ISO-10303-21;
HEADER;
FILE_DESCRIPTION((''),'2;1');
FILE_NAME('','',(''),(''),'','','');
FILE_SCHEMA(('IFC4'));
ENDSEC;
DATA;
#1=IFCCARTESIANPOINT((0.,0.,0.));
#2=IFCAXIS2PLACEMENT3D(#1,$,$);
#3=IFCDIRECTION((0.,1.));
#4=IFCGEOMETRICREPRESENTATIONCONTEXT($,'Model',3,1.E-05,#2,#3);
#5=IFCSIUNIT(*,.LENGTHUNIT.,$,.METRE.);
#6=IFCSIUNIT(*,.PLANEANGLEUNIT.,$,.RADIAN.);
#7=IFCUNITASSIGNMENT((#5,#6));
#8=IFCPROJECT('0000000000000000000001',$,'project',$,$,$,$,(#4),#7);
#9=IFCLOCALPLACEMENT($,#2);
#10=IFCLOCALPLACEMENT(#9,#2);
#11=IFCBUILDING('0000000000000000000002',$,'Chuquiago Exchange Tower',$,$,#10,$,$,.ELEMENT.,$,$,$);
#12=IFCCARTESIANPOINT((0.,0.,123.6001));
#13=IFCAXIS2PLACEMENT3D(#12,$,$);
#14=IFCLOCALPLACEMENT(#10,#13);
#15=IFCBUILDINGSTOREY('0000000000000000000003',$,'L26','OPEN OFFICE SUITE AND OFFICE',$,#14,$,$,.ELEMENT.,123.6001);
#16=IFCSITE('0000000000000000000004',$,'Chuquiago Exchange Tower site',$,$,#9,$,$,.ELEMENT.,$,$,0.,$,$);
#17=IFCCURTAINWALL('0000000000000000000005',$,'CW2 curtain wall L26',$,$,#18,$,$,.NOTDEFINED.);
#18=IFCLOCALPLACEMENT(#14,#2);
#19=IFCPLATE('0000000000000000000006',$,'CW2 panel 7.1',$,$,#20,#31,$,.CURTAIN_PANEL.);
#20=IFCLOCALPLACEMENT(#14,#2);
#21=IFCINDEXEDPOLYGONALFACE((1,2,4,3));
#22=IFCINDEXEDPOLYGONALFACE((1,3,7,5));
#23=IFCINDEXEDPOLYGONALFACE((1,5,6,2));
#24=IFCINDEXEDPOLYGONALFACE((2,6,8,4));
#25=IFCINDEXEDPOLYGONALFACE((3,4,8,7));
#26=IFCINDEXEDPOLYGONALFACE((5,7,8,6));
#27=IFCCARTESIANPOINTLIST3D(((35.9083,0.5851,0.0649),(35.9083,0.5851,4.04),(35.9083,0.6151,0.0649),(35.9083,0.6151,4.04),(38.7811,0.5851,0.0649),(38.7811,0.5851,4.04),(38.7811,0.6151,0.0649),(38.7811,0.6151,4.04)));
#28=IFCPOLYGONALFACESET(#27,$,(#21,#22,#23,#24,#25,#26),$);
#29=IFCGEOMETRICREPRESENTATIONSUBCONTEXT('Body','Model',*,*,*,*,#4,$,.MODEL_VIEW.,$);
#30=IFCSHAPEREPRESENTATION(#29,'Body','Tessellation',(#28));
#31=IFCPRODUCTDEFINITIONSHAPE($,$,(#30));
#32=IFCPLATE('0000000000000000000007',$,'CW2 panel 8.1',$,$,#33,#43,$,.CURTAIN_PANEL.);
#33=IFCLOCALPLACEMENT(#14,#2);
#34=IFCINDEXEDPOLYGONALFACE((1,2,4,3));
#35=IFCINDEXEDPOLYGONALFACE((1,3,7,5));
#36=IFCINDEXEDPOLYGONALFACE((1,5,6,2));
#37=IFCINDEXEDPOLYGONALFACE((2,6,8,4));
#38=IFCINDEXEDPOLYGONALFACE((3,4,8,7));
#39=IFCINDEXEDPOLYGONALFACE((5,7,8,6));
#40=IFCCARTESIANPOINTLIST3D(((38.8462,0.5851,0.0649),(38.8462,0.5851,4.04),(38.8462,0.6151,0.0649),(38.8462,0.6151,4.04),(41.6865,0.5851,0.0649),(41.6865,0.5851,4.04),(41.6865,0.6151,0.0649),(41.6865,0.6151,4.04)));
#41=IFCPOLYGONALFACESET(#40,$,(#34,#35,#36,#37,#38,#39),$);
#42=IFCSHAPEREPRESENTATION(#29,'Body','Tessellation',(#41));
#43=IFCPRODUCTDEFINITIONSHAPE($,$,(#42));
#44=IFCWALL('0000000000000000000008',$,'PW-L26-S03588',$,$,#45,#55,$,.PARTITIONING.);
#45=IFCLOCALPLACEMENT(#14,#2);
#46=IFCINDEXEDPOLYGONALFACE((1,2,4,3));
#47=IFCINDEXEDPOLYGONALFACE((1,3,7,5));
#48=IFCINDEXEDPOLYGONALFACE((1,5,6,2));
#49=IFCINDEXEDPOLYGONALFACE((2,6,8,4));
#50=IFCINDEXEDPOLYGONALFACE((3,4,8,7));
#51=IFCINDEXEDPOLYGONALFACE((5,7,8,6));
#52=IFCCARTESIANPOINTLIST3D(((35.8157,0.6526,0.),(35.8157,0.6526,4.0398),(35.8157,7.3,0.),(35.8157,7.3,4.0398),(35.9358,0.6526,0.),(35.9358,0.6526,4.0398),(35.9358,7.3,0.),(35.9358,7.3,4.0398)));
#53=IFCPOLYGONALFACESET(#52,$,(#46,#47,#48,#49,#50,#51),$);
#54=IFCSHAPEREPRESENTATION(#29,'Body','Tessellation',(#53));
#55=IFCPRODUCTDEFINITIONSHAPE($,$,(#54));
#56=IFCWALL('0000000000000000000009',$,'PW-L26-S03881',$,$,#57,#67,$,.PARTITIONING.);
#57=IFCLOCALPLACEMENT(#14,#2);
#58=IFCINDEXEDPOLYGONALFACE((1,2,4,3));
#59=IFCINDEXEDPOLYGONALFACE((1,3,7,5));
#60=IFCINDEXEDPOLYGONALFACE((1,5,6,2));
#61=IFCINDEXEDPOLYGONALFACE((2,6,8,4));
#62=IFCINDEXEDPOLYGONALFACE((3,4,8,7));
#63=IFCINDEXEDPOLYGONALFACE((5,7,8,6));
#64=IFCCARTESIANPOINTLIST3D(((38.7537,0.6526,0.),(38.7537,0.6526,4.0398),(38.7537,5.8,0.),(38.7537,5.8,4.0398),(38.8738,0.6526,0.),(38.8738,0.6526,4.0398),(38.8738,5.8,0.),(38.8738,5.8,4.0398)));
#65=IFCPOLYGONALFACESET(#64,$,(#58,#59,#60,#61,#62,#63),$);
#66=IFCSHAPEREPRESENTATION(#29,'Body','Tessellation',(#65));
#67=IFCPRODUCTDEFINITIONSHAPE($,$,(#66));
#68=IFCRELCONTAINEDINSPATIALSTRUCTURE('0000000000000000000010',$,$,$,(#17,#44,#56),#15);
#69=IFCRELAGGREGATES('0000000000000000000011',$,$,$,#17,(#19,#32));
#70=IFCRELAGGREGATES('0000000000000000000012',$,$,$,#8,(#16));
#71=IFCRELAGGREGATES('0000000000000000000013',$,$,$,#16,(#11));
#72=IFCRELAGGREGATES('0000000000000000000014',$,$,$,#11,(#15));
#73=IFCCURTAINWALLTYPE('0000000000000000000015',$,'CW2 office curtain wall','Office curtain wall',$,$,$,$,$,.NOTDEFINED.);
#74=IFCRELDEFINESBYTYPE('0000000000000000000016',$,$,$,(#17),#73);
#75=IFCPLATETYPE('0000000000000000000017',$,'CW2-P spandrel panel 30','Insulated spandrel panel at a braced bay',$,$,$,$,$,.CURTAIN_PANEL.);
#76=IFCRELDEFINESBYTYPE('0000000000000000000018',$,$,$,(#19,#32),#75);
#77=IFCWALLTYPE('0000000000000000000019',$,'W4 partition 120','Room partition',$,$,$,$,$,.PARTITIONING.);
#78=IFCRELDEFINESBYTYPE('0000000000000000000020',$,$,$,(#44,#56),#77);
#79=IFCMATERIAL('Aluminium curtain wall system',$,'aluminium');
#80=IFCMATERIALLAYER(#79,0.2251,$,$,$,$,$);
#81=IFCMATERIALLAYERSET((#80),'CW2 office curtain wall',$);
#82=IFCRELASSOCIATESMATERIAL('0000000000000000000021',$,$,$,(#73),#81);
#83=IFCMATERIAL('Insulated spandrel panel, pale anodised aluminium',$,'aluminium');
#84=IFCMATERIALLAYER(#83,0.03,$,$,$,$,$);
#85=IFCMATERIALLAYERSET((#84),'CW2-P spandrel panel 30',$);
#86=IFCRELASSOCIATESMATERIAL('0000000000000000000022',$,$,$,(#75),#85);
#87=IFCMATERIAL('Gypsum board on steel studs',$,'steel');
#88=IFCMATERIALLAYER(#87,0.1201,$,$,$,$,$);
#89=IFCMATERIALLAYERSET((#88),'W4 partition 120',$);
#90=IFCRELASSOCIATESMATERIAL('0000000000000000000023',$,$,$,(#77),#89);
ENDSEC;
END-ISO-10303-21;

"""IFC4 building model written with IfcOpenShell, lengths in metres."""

from ifc_helpers import new_model, si_unit, direction, frame, frame_2d, origin, origin_2d, place, context, subcontext, project, spatial, rectangle, extrude, material, layer, layer_set, type_object, element, aggregate, save


model = new_model("IFC4")

# Units and contexts
model_context = context("Model", 3, precision=1e-05, world=origin(), true_north=direction((0.0, 1.0)))
body_context = subcontext(model_context, "Body", "Model", "MODEL_VIEW")
ifc_project = project(units=[si_unit("LENGTHUNIT", "METRE"), si_unit("PLANEANGLEUNIT", "RADIAN")], contexts=[model_context])

# Site, building, storey
site_placement = place(None, origin())
site = spatial("IfcSite", under=ifc_project, at=site_placement, Name="Chuquiago Exchange Tower site", CompositionType="ELEMENT", RefElevation=0.0)
building_placement = place(site_placement, origin())
building = spatial("IfcBuilding", under=site, at=building_placement, Name="Chuquiago Exchange Tower", CompositionType="ELEMENT")
storey_placement = place(building_placement, frame((0.0, 0.0, 123.6001)))
storey = spatial("IfcBuildingStorey", under=building, at=storey_placement, Name="L26", Description="OPEN OFFICE SUITE AND OFFICE", CompositionType="ELEMENT", Elevation=123.6001)

# Curtain wall
ifc_material_1 = material(Name="Aluminium curtain wall system", Category="aluminium")
ifc_layer_1 = layer(ifc_material_1, 0.2251)
ifc_layer_set_1 = layer_set([ifc_layer_1], Name="CW2 office curtain wall")
curtain_wall_type = type_object("IfcCurtainWallType", Name="CW2 office curtain wall", Description="Office curtain wall", PredefinedType="NOTDEFINED", material=ifc_layer_set_1)
curtain_wall_placement = place(storey_placement, origin())
curtain_wall = element("IfcCurtainWall", 1, at=curtain_wall_placement, inside=storey, type_object=curtain_wall_type, Name="CW2 curtain wall L26", PredefinedType="NOTDEFINED")

# Plates
ifc_material_2 = material(Name="Insulated spandrel panel, pale anodised aluminium", Category="aluminium")
ifc_layer_2 = layer(ifc_material_2, 0.03)
ifc_layer_set_2 = layer_set([ifc_layer_2], Name="CW2-P spandrel panel 30")
plate_type_1 = type_object("IfcPlateType", Name="CW2-P spandrel panel 30", Description="Insulated spandrel panel at a braced bay", PredefinedType="CURTAIN_PANEL", material=ifc_layer_set_2)
plate_1_placement = place(storey_placement, frame((37.3447, 0.6001, 0.0649), z_axis=(0.0, 0.0, 1.0), x_axis=(1.0, 0.0, 0.0)))
plate_1 = element("IfcPlate", 2, at=plate_1_placement, type_object=plate_type_1, Name="CW2 panel 7.1", PredefinedType="CURTAIN_PANEL", context=body_context, shape_type="SweptSolid", body=[
    extrude(rectangle(XDim=2.8728, YDim=0.03, at=origin_2d()), origin(), (0.0, 0.0, 1.0), 3.9751),
])
plate_2_placement = place(storey_placement, frame((40.2664, 0.6001, 0.0649), z_axis=(0.0, 0.0, 1.0), x_axis=(1.0, 0.0, 0.0)))
plate_2 = element("IfcPlate", 3, at=plate_2_placement, type_object=plate_type_1, Name="CW2 panel 8.1", PredefinedType="CURTAIN_PANEL", context=body_context, shape_type="SweptSolid", body=[
    extrude(rectangle(XDim=2.8403, YDim=0.03, at=origin_2d()), origin(), (0.0, 0.0, 1.0), 3.9751),
])
aggregate(curtain_wall, [plate_1, plate_2])

# Walls
ifc_material_3 = material(Name="Gypsum board on steel studs", Category="steel")
ifc_layer_3 = layer(ifc_material_3, 0.1201)
ifc_layer_set_3 = layer_set([ifc_layer_3], Name="W4 partition 120")
wall_type = type_object("IfcWallType", Name="W4 partition 120", Description="Room partition", PredefinedType="PARTITIONING", material=ifc_layer_set_3)
wall_1_placement = place(storey_placement, frame((35.8757, 0.6526, 0.0), z_axis=(0.0, 0.0, 1.0), x_axis=(0.0, 1.0, 0.0)))
element("IfcWall", 4, at=wall_1_placement, inside=storey, type_object=wall_type, Name="PW-L26-S03588", PredefinedType="PARTITIONING", context=body_context, shape_type="SweptSolid", body=[
    extrude(rectangle(XDim=6.6475, YDim=0.1201, at=frame_2d((3.3237, 0.0))), origin(), (0.0, 0.0, 1.0), 4.0398),
])
wall_2_placement = place(storey_placement, frame((38.8137, 0.6526, 0.0), z_axis=(0.0, 0.0, 1.0), x_axis=(0.0, 1.0, 0.0)))
element("IfcWall", 5, at=wall_2_placement, inside=storey, type_object=wall_type, Name="PW-L26-S03881", PredefinedType="PARTITIONING", context=body_context, shape_type="SweptSolid", body=[
    extrude(rectangle(XDim=5.1475, YDim=0.1201, at=frame_2d((2.5737, 0.0))), origin(), (0.0, 0.0, 1.0), 4.0398),
])

save(model, "model.ifc")
